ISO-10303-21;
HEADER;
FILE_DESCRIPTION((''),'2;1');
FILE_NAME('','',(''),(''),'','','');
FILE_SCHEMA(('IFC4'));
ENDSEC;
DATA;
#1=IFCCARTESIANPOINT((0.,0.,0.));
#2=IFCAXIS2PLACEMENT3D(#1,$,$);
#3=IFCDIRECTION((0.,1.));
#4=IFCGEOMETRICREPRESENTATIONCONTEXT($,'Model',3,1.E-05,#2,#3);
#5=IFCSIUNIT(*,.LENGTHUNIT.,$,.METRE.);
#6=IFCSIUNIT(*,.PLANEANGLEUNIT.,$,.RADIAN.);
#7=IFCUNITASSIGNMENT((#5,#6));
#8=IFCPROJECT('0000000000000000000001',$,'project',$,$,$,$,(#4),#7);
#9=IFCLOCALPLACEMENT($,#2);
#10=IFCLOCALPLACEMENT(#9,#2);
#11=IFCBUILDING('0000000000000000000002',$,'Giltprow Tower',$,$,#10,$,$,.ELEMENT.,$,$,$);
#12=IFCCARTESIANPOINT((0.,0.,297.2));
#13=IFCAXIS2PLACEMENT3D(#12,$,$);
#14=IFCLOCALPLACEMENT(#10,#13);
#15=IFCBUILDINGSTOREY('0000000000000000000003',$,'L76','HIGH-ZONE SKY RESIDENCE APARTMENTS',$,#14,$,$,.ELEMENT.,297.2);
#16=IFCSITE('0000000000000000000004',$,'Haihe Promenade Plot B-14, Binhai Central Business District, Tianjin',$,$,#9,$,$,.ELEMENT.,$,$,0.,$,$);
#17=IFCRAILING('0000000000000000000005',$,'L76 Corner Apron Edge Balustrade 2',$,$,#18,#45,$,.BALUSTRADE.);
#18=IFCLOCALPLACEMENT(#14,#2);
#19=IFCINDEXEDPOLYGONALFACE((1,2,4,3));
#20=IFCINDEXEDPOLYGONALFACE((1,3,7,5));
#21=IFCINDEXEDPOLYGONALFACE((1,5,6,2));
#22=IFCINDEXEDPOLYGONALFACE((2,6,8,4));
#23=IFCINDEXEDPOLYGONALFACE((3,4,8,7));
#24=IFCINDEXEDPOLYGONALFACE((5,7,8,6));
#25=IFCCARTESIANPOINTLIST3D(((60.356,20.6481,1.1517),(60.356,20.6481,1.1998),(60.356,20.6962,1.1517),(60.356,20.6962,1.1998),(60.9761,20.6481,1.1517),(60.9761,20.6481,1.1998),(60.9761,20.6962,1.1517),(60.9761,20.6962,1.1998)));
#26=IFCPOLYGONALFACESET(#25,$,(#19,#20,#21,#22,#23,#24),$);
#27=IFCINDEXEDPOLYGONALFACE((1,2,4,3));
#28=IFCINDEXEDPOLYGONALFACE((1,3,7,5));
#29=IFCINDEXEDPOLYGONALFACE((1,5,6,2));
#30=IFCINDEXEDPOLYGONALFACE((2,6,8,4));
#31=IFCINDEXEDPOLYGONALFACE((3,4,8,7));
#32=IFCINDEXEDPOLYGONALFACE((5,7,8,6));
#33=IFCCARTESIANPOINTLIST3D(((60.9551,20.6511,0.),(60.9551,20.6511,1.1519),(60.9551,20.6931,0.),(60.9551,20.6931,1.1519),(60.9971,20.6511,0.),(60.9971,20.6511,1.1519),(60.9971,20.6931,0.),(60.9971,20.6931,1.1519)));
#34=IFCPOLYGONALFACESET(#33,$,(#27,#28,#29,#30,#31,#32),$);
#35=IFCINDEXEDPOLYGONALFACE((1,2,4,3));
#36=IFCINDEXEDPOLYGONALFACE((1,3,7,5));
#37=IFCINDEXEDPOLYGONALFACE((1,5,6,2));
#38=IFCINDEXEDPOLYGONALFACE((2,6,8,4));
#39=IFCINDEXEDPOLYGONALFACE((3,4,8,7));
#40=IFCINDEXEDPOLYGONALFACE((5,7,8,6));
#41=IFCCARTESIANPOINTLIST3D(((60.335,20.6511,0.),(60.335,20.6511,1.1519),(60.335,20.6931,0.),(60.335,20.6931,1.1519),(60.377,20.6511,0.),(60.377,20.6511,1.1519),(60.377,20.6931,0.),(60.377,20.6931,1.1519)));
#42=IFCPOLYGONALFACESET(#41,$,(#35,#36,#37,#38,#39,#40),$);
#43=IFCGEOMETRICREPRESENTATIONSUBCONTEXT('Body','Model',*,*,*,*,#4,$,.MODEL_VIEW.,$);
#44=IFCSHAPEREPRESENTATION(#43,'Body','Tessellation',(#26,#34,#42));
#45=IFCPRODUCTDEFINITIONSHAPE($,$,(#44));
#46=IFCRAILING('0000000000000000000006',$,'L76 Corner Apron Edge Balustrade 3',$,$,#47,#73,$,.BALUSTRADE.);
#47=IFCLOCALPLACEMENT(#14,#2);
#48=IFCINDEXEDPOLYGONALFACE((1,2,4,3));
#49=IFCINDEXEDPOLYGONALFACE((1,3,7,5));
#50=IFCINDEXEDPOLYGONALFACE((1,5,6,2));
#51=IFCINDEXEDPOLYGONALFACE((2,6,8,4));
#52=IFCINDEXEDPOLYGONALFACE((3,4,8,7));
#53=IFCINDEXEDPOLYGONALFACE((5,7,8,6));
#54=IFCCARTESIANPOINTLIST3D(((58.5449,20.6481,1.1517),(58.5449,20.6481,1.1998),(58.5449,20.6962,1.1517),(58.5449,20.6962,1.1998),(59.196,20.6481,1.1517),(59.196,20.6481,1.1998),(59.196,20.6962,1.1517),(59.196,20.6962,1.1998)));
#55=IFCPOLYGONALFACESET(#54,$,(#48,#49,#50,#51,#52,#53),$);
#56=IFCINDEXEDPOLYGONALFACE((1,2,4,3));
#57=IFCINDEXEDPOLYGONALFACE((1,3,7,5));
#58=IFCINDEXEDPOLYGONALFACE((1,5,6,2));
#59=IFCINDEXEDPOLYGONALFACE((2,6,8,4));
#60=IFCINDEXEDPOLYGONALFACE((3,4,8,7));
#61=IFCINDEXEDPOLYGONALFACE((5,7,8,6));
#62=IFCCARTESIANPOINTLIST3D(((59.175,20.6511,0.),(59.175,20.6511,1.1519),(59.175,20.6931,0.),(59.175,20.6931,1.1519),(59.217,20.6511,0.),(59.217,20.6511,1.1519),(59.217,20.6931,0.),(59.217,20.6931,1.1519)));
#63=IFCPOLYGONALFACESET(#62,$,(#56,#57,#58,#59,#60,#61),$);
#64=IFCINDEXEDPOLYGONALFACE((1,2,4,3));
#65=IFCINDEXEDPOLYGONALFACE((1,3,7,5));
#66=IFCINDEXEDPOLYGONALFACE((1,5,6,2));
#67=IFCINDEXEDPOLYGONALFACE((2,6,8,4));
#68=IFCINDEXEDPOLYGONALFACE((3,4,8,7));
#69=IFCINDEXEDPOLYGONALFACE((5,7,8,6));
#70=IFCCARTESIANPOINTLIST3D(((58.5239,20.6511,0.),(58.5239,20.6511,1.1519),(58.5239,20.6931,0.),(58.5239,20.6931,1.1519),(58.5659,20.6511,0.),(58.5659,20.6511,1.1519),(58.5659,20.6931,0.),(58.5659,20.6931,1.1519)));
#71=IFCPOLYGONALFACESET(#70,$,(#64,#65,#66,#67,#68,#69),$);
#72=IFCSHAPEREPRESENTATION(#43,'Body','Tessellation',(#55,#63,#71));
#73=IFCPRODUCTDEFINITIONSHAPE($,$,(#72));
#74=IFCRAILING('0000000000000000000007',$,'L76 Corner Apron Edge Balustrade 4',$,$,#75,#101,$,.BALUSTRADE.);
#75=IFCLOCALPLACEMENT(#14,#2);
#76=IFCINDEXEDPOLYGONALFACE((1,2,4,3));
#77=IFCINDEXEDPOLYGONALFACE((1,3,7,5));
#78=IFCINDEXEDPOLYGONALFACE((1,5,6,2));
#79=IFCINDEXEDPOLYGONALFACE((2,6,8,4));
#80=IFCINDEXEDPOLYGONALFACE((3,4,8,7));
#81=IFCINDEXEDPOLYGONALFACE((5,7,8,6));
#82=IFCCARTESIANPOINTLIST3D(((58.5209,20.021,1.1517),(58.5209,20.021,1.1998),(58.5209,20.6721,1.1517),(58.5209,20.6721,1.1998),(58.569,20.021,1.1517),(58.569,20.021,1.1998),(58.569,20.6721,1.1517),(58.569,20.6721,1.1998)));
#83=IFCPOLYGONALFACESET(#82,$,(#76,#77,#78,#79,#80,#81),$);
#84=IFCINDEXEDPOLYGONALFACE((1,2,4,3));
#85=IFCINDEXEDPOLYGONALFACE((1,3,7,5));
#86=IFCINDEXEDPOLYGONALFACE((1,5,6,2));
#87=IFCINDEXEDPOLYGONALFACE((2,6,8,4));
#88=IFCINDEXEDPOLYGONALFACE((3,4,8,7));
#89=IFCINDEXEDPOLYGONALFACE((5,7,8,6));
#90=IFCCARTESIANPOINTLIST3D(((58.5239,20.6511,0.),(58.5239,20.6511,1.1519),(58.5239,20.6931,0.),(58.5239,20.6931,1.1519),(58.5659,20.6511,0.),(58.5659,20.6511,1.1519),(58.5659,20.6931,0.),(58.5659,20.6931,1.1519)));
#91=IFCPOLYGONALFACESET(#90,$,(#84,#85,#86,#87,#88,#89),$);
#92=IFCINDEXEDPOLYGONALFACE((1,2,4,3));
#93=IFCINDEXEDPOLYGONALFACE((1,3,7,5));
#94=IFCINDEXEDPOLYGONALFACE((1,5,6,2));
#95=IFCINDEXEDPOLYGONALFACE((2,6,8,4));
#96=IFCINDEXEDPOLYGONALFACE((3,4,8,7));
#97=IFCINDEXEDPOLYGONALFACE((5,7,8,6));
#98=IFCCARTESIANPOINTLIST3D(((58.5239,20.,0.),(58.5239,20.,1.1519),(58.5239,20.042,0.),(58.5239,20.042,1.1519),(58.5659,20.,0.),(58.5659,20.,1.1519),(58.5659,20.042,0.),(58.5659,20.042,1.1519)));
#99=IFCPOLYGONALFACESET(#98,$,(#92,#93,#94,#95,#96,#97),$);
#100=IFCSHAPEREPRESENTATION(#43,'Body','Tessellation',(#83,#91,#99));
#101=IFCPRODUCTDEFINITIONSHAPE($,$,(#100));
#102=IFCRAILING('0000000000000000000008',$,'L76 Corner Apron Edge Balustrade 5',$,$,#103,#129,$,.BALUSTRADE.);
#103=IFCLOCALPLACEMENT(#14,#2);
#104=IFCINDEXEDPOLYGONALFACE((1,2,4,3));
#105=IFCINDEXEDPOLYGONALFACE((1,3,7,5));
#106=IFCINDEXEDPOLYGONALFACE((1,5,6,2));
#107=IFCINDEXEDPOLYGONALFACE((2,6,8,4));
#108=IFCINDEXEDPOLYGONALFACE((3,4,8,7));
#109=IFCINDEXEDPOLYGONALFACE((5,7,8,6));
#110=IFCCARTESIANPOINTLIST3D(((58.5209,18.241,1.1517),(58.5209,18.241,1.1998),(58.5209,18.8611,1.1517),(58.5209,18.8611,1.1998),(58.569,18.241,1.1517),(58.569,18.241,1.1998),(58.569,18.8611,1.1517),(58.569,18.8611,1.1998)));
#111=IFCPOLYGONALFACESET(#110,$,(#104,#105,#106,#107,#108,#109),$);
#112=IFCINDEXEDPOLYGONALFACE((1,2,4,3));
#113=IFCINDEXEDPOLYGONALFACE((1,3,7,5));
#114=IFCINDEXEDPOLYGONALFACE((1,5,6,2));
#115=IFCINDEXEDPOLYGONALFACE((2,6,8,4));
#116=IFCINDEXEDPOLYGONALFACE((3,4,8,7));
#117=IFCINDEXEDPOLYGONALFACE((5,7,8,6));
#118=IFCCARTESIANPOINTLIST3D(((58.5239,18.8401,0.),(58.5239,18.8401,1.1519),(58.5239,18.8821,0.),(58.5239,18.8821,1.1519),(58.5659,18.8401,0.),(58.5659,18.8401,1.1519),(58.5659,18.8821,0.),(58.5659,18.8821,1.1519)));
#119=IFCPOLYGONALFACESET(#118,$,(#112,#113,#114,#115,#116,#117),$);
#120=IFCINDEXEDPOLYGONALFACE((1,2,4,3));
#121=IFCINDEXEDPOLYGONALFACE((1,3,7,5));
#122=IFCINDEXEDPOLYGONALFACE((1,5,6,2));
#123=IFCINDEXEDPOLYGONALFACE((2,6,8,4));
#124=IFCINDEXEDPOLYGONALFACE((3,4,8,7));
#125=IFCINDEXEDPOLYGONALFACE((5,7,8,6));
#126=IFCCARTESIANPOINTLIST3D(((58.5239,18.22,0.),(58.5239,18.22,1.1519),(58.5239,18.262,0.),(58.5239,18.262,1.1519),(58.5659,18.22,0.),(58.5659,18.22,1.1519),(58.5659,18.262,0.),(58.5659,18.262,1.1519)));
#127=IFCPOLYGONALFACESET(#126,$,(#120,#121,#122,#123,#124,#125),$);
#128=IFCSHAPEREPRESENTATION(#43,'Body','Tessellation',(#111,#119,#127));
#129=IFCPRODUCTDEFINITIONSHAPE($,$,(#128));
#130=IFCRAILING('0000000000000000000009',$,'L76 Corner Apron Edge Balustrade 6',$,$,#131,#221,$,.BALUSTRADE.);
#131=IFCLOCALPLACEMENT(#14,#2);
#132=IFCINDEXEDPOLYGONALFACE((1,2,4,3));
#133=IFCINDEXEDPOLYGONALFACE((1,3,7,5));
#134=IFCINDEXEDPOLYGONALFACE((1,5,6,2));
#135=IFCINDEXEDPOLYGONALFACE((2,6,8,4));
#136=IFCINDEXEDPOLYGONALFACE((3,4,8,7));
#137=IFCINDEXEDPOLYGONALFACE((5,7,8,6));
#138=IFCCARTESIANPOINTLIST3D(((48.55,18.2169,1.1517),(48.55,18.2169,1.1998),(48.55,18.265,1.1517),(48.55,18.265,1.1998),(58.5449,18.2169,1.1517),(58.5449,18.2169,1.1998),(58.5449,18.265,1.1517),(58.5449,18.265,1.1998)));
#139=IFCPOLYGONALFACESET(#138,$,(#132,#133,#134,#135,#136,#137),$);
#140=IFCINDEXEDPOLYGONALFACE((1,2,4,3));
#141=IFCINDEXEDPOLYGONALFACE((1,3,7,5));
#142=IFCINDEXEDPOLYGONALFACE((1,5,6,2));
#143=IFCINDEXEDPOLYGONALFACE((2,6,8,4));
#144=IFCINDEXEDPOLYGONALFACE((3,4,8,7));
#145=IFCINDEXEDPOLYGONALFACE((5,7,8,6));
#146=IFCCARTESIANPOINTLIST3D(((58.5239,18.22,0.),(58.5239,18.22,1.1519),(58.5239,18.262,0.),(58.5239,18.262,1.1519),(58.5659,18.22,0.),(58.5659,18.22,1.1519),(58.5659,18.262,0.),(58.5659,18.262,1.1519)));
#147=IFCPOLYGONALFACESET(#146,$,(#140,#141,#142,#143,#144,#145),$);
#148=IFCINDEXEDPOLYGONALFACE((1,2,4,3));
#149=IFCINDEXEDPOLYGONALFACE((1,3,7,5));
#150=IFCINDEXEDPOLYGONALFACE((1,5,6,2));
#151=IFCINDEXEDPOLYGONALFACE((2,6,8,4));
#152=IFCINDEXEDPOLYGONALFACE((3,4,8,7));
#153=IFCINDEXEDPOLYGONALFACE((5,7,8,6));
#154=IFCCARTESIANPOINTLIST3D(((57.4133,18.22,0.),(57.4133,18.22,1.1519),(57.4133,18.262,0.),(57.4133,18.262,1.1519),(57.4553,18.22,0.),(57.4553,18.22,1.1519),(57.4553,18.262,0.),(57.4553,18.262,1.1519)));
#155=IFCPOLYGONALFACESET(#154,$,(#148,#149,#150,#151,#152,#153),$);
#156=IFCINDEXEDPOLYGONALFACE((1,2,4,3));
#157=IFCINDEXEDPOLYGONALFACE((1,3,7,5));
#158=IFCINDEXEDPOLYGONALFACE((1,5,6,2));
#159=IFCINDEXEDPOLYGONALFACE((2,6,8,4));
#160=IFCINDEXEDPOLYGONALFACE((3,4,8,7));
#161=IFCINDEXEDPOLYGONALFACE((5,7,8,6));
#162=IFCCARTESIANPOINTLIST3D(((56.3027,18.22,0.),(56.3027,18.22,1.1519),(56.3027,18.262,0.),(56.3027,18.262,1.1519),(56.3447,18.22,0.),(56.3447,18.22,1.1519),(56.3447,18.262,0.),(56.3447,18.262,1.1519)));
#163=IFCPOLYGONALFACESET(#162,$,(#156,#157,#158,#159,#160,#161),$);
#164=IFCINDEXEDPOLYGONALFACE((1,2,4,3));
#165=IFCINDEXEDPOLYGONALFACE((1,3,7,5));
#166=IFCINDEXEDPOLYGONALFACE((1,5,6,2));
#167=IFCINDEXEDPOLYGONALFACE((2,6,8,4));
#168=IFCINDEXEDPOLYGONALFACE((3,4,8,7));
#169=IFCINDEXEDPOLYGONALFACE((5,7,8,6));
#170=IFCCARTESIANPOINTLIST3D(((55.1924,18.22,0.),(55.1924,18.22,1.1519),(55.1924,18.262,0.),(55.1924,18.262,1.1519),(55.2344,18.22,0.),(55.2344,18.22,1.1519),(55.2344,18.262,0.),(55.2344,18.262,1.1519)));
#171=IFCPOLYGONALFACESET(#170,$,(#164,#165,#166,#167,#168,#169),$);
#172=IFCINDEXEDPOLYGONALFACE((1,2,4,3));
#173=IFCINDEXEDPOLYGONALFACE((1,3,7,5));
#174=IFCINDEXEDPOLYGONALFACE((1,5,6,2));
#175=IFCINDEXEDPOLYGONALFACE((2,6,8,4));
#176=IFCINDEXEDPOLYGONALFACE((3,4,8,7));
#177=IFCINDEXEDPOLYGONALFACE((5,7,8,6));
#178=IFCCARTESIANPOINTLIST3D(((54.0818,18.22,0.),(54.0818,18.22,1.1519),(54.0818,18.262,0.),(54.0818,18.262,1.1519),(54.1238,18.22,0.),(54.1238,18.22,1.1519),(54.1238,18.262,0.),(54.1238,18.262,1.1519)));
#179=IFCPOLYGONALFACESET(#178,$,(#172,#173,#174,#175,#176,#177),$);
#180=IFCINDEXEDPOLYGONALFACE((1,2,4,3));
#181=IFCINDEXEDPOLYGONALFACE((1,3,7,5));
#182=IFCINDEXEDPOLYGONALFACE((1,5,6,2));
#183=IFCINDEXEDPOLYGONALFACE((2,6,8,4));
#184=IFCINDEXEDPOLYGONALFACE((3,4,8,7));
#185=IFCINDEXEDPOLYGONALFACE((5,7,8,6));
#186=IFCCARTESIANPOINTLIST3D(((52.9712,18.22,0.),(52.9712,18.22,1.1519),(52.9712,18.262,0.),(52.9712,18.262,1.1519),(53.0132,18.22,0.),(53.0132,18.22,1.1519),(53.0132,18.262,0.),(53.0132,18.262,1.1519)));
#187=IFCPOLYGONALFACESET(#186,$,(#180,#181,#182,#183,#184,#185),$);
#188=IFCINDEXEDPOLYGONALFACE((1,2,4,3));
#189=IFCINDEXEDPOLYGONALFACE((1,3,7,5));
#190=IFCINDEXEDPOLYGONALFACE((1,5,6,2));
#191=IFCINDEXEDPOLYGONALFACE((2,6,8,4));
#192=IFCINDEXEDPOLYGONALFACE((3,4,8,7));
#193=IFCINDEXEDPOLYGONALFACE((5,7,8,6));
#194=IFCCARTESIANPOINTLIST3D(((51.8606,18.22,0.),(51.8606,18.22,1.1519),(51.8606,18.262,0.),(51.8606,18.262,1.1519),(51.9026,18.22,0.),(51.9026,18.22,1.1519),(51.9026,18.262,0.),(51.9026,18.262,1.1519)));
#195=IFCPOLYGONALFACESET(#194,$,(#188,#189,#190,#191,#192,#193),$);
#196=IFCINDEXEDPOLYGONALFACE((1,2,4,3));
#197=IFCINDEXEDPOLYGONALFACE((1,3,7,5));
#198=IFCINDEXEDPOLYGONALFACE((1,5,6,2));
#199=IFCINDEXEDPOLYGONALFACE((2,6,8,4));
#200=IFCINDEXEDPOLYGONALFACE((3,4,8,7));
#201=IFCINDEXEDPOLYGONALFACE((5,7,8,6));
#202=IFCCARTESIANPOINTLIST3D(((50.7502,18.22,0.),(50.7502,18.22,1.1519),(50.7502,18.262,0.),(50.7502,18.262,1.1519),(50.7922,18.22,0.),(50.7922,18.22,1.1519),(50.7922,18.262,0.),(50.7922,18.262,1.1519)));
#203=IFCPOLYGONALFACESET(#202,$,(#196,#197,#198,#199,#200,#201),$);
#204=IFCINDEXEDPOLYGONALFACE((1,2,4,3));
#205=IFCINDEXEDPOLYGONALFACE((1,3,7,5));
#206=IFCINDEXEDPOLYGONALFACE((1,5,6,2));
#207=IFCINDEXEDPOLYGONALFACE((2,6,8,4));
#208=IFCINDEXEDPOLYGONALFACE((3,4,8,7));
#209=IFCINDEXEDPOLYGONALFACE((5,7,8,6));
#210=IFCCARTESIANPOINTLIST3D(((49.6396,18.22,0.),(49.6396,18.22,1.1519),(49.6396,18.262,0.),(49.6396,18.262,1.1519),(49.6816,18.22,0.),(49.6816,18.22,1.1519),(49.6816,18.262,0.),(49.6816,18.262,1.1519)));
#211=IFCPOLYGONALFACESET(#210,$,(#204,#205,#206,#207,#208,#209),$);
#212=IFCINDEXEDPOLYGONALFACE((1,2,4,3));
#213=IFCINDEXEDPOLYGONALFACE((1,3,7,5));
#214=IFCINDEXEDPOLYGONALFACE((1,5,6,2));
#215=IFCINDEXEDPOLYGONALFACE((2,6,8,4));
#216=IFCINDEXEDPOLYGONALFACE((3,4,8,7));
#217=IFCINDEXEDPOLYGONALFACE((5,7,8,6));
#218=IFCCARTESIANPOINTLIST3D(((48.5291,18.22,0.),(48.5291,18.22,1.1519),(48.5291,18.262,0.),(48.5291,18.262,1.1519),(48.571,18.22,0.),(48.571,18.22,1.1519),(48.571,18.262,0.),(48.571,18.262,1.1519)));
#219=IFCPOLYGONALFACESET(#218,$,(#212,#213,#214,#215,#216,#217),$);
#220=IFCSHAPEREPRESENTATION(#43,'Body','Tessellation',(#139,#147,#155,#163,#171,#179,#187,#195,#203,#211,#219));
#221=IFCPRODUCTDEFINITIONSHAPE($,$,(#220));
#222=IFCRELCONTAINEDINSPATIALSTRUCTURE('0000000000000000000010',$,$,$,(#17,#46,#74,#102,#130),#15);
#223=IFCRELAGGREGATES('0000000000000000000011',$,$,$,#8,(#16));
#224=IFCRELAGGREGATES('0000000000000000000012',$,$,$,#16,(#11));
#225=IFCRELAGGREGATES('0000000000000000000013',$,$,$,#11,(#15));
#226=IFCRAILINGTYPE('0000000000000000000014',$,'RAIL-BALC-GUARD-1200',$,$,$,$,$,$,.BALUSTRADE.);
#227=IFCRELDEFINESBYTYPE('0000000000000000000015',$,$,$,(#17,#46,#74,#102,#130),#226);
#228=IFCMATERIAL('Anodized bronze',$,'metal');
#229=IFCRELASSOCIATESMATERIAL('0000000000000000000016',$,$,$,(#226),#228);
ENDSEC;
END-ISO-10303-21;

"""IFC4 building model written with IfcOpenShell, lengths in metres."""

from ifc_helpers import new_model, si_unit, direction, frame, origin, origin_2d, place, context, subcontext, project, spatial, rectangle, extrude, material, type_object, element, save


model = new_model("IFC4")

# Units and contexts
model_context = context("Model", 3, precision=1e-05, world=origin(), true_north=direction((0.0, 1.0)))
body_context = subcontext(model_context, "Body", "Model", "MODEL_VIEW")
ifc_project = project(units=[si_unit("LENGTHUNIT", "METRE"), si_unit("PLANEANGLEUNIT", "RADIAN")], contexts=[model_context])

# Site, building, storey
site_placement = place(None, origin())
site = spatial("IfcSite", under=ifc_project, at=site_placement, Name="Haihe Promenade Plot B-14, Binhai Central Business District, Tianjin", CompositionType="ELEMENT", RefElevation=0.0)
building_placement = place(site_placement, origin())
building = spatial("IfcBuilding", under=site, at=building_placement, Name="Giltprow Tower", CompositionType="ELEMENT")
storey_placement = place(building_placement, frame((0.0, 0.0, 297.2)))
storey = spatial("IfcBuildingStorey", under=building, at=storey_placement, Name="L76", Description="HIGH-ZONE SKY RESIDENCE APARTMENTS", CompositionType="ELEMENT", Elevation=297.2)

# Shared definitions
ifc_material_1 = material(Name="Anodized bronze", Category="metal")

# Railings
railing_type = type_object("IfcRailingType", Name="RAIL-BALC-GUARD-1200", PredefinedType="BALUSTRADE", material=ifc_material_1)
railing_1_placement = place(storey_placement, frame((60.9761, 20.6721, 0.0)))
element("IfcRailing", 1, at=railing_1_placement, inside=storey, type_object=railing_type, Name="L76 Corner Apron Edge Balustrade 2", PredefinedType="BALUSTRADE", context=body_context, shape_type="SweptSolid", body=[
    extrude(rectangle(XDim=0.0481, YDim=0.0481, at=origin_2d()), frame((0.0, 0.0, 1.1758), z_axis=(-1.0, 0.0, 0.0), x_axis=(0.0, -1.0, 0.0)), (0.0, 0.0, 1.0), 0.6201),
    extrude(rectangle(XDim=0.042, YDim=0.042, at=origin_2d()), origin(), (0.0, 0.0, 1.0), 1.1519),
    extrude(rectangle(XDim=0.042, YDim=0.042, at=origin_2d()), frame((-0.6201, 0.0, 0.0)), (0.0, 0.0, 1.0), 1.1519),
])
railing_2_placement = place(storey_placement, frame((59.196, 20.6721, 0.0)))
element("IfcRailing", 2, at=railing_2_placement, inside=storey, type_object=railing_type, Name="L76 Corner Apron Edge Balustrade 3", PredefinedType="BALUSTRADE", context=body_context, shape_type="SweptSolid", body=[
    extrude(rectangle(XDim=0.0481, YDim=0.0481, at=origin_2d()), frame((0.0, 0.0, 1.1758), z_axis=(-1.0, 0.0, 0.0), x_axis=(0.0, -1.0, 0.0)), (0.0, 0.0, 1.0), 0.6511),
    extrude(rectangle(XDim=0.042, YDim=0.042, at=origin_2d()), origin(), (0.0, 0.0, 1.0), 1.1519),
    extrude(rectangle(XDim=0.042, YDim=0.042, at=origin_2d()), frame((-0.6511, 0.0, 0.0)), (0.0, 0.0, 1.0), 1.1519),
])
railing_3_placement = place(storey_placement, frame((58.5449, 20.6721, 0.0)))
element("IfcRailing", 3, at=railing_3_placement, inside=storey, type_object=railing_type, Name="L76 Corner Apron Edge Balustrade 4", PredefinedType="BALUSTRADE", context=body_context, shape_type="SweptSolid", body=[
    extrude(rectangle(XDim=0.0481, YDim=0.0481, at=origin_2d()), frame((0.0, 0.0, 1.1758), z_axis=(0.0, -1.0, 0.0), x_axis=(1.0, 0.0, 0.0)), (0.0, 0.0, 1.0), 0.6511),
    extrude(rectangle(XDim=0.042, YDim=0.042, at=origin_2d()), origin(), (0.0, 0.0, 1.0), 1.1519),
    extrude(rectangle(XDim=0.042, YDim=0.042, at=origin_2d()), frame((0.0, -0.6511, 0.0)), (0.0, 0.0, 1.0), 1.1519),
])
railing_4_placement = place(storey_placement, frame((58.5449, 18.8611, 0.0)))
element("IfcRailing", 4, at=railing_4_placement, inside=storey, type_object=railing_type, Name="L76 Corner Apron Edge Balustrade 5", PredefinedType="BALUSTRADE", context=body_context, shape_type="SweptSolid", body=[
    extrude(rectangle(XDim=0.0481, YDim=0.0481, at=origin_2d()), frame((0.0, 0.0, 1.1758), z_axis=(0.0, -1.0, 0.0), x_axis=(1.0, 0.0, 0.0)), (0.0, 0.0, 1.0), 0.6201),
    extrude(rectangle(XDim=0.042, YDim=0.042, at=origin_2d()), origin(), (0.0, 0.0, 1.0), 1.1519),
    extrude(rectangle(XDim=0.042, YDim=0.042, at=origin_2d()), frame((0.0, -0.6201, 0.0)), (0.0, 0.0, 1.0), 1.1519),
])
railing_5_placement = place(storey_placement, frame((58.5449, 18.241, 0.0)))
element("IfcRailing", 5, at=railing_5_placement, inside=storey, type_object=railing_type, Name="L76 Corner Apron Edge Balustrade 6", PredefinedType="BALUSTRADE", context=body_context, shape_type="SweptSolid", body=[
    extrude(rectangle(XDim=0.0481, YDim=0.0481, at=origin_2d()), frame((0.0, 0.0, 1.1758), z_axis=(-1.0, 0.0, 0.0), x_axis=(0.0, -1.0, 0.0)), (0.0, 0.0, 1.0), 9.9949),
    extrude(rectangle(XDim=0.042, YDim=0.042, at=origin_2d()), origin(), (0.0, 0.0, 1.0), 1.1519),
    extrude(rectangle(XDim=0.042, YDim=0.042, at=origin_2d()), frame((-1.1106, 0.0, 0.0)), (0.0, 0.0, 1.0), 1.1519),
    extrude(rectangle(XDim=0.042, YDim=0.042, at=origin_2d()), frame((-2.2212, 0.0, 0.0)), (0.0, 0.0, 1.0), 1.1519),
    extrude(rectangle(XDim=0.042, YDim=0.042, at=origin_2d()), frame((-3.3315, 0.0, 0.0)), (0.0, 0.0, 1.0), 1.1519),
    extrude(rectangle(XDim=0.042, YDim=0.042, at=origin_2d()), frame((-4.4421, 0.0, 0.0)), (0.0, 0.0, 1.0), 1.1519),
    extrude(rectangle(XDim=0.042, YDim=0.042, at=origin_2d()), frame((-5.5527, 0.0, 0.0)), (0.0, 0.0, 1.0), 1.1519),
    extrude(rectangle(XDim=0.042, YDim=0.042, at=origin_2d()), frame((-6.6633, 0.0, 0.0)), (0.0, 0.0, 1.0), 1.1519),
    extrude(rectangle(XDim=0.042, YDim=0.042, at=origin_2d()), frame((-7.7737, 0.0, 0.0)), (0.0, 0.0, 1.0), 1.1519),
    extrude(rectangle(XDim=0.042, YDim=0.042, at=origin_2d()), frame((-8.8843, 0.0, 0.0)), (0.0, 0.0, 1.0), 1.1519),
    extrude(rectangle(XDim=0.042, YDim=0.042, at=origin_2d()), frame((-9.9949, 0.0, 0.0)), (0.0, 0.0, 1.0), 1.1519),
])

save(model, "model.ifc")
